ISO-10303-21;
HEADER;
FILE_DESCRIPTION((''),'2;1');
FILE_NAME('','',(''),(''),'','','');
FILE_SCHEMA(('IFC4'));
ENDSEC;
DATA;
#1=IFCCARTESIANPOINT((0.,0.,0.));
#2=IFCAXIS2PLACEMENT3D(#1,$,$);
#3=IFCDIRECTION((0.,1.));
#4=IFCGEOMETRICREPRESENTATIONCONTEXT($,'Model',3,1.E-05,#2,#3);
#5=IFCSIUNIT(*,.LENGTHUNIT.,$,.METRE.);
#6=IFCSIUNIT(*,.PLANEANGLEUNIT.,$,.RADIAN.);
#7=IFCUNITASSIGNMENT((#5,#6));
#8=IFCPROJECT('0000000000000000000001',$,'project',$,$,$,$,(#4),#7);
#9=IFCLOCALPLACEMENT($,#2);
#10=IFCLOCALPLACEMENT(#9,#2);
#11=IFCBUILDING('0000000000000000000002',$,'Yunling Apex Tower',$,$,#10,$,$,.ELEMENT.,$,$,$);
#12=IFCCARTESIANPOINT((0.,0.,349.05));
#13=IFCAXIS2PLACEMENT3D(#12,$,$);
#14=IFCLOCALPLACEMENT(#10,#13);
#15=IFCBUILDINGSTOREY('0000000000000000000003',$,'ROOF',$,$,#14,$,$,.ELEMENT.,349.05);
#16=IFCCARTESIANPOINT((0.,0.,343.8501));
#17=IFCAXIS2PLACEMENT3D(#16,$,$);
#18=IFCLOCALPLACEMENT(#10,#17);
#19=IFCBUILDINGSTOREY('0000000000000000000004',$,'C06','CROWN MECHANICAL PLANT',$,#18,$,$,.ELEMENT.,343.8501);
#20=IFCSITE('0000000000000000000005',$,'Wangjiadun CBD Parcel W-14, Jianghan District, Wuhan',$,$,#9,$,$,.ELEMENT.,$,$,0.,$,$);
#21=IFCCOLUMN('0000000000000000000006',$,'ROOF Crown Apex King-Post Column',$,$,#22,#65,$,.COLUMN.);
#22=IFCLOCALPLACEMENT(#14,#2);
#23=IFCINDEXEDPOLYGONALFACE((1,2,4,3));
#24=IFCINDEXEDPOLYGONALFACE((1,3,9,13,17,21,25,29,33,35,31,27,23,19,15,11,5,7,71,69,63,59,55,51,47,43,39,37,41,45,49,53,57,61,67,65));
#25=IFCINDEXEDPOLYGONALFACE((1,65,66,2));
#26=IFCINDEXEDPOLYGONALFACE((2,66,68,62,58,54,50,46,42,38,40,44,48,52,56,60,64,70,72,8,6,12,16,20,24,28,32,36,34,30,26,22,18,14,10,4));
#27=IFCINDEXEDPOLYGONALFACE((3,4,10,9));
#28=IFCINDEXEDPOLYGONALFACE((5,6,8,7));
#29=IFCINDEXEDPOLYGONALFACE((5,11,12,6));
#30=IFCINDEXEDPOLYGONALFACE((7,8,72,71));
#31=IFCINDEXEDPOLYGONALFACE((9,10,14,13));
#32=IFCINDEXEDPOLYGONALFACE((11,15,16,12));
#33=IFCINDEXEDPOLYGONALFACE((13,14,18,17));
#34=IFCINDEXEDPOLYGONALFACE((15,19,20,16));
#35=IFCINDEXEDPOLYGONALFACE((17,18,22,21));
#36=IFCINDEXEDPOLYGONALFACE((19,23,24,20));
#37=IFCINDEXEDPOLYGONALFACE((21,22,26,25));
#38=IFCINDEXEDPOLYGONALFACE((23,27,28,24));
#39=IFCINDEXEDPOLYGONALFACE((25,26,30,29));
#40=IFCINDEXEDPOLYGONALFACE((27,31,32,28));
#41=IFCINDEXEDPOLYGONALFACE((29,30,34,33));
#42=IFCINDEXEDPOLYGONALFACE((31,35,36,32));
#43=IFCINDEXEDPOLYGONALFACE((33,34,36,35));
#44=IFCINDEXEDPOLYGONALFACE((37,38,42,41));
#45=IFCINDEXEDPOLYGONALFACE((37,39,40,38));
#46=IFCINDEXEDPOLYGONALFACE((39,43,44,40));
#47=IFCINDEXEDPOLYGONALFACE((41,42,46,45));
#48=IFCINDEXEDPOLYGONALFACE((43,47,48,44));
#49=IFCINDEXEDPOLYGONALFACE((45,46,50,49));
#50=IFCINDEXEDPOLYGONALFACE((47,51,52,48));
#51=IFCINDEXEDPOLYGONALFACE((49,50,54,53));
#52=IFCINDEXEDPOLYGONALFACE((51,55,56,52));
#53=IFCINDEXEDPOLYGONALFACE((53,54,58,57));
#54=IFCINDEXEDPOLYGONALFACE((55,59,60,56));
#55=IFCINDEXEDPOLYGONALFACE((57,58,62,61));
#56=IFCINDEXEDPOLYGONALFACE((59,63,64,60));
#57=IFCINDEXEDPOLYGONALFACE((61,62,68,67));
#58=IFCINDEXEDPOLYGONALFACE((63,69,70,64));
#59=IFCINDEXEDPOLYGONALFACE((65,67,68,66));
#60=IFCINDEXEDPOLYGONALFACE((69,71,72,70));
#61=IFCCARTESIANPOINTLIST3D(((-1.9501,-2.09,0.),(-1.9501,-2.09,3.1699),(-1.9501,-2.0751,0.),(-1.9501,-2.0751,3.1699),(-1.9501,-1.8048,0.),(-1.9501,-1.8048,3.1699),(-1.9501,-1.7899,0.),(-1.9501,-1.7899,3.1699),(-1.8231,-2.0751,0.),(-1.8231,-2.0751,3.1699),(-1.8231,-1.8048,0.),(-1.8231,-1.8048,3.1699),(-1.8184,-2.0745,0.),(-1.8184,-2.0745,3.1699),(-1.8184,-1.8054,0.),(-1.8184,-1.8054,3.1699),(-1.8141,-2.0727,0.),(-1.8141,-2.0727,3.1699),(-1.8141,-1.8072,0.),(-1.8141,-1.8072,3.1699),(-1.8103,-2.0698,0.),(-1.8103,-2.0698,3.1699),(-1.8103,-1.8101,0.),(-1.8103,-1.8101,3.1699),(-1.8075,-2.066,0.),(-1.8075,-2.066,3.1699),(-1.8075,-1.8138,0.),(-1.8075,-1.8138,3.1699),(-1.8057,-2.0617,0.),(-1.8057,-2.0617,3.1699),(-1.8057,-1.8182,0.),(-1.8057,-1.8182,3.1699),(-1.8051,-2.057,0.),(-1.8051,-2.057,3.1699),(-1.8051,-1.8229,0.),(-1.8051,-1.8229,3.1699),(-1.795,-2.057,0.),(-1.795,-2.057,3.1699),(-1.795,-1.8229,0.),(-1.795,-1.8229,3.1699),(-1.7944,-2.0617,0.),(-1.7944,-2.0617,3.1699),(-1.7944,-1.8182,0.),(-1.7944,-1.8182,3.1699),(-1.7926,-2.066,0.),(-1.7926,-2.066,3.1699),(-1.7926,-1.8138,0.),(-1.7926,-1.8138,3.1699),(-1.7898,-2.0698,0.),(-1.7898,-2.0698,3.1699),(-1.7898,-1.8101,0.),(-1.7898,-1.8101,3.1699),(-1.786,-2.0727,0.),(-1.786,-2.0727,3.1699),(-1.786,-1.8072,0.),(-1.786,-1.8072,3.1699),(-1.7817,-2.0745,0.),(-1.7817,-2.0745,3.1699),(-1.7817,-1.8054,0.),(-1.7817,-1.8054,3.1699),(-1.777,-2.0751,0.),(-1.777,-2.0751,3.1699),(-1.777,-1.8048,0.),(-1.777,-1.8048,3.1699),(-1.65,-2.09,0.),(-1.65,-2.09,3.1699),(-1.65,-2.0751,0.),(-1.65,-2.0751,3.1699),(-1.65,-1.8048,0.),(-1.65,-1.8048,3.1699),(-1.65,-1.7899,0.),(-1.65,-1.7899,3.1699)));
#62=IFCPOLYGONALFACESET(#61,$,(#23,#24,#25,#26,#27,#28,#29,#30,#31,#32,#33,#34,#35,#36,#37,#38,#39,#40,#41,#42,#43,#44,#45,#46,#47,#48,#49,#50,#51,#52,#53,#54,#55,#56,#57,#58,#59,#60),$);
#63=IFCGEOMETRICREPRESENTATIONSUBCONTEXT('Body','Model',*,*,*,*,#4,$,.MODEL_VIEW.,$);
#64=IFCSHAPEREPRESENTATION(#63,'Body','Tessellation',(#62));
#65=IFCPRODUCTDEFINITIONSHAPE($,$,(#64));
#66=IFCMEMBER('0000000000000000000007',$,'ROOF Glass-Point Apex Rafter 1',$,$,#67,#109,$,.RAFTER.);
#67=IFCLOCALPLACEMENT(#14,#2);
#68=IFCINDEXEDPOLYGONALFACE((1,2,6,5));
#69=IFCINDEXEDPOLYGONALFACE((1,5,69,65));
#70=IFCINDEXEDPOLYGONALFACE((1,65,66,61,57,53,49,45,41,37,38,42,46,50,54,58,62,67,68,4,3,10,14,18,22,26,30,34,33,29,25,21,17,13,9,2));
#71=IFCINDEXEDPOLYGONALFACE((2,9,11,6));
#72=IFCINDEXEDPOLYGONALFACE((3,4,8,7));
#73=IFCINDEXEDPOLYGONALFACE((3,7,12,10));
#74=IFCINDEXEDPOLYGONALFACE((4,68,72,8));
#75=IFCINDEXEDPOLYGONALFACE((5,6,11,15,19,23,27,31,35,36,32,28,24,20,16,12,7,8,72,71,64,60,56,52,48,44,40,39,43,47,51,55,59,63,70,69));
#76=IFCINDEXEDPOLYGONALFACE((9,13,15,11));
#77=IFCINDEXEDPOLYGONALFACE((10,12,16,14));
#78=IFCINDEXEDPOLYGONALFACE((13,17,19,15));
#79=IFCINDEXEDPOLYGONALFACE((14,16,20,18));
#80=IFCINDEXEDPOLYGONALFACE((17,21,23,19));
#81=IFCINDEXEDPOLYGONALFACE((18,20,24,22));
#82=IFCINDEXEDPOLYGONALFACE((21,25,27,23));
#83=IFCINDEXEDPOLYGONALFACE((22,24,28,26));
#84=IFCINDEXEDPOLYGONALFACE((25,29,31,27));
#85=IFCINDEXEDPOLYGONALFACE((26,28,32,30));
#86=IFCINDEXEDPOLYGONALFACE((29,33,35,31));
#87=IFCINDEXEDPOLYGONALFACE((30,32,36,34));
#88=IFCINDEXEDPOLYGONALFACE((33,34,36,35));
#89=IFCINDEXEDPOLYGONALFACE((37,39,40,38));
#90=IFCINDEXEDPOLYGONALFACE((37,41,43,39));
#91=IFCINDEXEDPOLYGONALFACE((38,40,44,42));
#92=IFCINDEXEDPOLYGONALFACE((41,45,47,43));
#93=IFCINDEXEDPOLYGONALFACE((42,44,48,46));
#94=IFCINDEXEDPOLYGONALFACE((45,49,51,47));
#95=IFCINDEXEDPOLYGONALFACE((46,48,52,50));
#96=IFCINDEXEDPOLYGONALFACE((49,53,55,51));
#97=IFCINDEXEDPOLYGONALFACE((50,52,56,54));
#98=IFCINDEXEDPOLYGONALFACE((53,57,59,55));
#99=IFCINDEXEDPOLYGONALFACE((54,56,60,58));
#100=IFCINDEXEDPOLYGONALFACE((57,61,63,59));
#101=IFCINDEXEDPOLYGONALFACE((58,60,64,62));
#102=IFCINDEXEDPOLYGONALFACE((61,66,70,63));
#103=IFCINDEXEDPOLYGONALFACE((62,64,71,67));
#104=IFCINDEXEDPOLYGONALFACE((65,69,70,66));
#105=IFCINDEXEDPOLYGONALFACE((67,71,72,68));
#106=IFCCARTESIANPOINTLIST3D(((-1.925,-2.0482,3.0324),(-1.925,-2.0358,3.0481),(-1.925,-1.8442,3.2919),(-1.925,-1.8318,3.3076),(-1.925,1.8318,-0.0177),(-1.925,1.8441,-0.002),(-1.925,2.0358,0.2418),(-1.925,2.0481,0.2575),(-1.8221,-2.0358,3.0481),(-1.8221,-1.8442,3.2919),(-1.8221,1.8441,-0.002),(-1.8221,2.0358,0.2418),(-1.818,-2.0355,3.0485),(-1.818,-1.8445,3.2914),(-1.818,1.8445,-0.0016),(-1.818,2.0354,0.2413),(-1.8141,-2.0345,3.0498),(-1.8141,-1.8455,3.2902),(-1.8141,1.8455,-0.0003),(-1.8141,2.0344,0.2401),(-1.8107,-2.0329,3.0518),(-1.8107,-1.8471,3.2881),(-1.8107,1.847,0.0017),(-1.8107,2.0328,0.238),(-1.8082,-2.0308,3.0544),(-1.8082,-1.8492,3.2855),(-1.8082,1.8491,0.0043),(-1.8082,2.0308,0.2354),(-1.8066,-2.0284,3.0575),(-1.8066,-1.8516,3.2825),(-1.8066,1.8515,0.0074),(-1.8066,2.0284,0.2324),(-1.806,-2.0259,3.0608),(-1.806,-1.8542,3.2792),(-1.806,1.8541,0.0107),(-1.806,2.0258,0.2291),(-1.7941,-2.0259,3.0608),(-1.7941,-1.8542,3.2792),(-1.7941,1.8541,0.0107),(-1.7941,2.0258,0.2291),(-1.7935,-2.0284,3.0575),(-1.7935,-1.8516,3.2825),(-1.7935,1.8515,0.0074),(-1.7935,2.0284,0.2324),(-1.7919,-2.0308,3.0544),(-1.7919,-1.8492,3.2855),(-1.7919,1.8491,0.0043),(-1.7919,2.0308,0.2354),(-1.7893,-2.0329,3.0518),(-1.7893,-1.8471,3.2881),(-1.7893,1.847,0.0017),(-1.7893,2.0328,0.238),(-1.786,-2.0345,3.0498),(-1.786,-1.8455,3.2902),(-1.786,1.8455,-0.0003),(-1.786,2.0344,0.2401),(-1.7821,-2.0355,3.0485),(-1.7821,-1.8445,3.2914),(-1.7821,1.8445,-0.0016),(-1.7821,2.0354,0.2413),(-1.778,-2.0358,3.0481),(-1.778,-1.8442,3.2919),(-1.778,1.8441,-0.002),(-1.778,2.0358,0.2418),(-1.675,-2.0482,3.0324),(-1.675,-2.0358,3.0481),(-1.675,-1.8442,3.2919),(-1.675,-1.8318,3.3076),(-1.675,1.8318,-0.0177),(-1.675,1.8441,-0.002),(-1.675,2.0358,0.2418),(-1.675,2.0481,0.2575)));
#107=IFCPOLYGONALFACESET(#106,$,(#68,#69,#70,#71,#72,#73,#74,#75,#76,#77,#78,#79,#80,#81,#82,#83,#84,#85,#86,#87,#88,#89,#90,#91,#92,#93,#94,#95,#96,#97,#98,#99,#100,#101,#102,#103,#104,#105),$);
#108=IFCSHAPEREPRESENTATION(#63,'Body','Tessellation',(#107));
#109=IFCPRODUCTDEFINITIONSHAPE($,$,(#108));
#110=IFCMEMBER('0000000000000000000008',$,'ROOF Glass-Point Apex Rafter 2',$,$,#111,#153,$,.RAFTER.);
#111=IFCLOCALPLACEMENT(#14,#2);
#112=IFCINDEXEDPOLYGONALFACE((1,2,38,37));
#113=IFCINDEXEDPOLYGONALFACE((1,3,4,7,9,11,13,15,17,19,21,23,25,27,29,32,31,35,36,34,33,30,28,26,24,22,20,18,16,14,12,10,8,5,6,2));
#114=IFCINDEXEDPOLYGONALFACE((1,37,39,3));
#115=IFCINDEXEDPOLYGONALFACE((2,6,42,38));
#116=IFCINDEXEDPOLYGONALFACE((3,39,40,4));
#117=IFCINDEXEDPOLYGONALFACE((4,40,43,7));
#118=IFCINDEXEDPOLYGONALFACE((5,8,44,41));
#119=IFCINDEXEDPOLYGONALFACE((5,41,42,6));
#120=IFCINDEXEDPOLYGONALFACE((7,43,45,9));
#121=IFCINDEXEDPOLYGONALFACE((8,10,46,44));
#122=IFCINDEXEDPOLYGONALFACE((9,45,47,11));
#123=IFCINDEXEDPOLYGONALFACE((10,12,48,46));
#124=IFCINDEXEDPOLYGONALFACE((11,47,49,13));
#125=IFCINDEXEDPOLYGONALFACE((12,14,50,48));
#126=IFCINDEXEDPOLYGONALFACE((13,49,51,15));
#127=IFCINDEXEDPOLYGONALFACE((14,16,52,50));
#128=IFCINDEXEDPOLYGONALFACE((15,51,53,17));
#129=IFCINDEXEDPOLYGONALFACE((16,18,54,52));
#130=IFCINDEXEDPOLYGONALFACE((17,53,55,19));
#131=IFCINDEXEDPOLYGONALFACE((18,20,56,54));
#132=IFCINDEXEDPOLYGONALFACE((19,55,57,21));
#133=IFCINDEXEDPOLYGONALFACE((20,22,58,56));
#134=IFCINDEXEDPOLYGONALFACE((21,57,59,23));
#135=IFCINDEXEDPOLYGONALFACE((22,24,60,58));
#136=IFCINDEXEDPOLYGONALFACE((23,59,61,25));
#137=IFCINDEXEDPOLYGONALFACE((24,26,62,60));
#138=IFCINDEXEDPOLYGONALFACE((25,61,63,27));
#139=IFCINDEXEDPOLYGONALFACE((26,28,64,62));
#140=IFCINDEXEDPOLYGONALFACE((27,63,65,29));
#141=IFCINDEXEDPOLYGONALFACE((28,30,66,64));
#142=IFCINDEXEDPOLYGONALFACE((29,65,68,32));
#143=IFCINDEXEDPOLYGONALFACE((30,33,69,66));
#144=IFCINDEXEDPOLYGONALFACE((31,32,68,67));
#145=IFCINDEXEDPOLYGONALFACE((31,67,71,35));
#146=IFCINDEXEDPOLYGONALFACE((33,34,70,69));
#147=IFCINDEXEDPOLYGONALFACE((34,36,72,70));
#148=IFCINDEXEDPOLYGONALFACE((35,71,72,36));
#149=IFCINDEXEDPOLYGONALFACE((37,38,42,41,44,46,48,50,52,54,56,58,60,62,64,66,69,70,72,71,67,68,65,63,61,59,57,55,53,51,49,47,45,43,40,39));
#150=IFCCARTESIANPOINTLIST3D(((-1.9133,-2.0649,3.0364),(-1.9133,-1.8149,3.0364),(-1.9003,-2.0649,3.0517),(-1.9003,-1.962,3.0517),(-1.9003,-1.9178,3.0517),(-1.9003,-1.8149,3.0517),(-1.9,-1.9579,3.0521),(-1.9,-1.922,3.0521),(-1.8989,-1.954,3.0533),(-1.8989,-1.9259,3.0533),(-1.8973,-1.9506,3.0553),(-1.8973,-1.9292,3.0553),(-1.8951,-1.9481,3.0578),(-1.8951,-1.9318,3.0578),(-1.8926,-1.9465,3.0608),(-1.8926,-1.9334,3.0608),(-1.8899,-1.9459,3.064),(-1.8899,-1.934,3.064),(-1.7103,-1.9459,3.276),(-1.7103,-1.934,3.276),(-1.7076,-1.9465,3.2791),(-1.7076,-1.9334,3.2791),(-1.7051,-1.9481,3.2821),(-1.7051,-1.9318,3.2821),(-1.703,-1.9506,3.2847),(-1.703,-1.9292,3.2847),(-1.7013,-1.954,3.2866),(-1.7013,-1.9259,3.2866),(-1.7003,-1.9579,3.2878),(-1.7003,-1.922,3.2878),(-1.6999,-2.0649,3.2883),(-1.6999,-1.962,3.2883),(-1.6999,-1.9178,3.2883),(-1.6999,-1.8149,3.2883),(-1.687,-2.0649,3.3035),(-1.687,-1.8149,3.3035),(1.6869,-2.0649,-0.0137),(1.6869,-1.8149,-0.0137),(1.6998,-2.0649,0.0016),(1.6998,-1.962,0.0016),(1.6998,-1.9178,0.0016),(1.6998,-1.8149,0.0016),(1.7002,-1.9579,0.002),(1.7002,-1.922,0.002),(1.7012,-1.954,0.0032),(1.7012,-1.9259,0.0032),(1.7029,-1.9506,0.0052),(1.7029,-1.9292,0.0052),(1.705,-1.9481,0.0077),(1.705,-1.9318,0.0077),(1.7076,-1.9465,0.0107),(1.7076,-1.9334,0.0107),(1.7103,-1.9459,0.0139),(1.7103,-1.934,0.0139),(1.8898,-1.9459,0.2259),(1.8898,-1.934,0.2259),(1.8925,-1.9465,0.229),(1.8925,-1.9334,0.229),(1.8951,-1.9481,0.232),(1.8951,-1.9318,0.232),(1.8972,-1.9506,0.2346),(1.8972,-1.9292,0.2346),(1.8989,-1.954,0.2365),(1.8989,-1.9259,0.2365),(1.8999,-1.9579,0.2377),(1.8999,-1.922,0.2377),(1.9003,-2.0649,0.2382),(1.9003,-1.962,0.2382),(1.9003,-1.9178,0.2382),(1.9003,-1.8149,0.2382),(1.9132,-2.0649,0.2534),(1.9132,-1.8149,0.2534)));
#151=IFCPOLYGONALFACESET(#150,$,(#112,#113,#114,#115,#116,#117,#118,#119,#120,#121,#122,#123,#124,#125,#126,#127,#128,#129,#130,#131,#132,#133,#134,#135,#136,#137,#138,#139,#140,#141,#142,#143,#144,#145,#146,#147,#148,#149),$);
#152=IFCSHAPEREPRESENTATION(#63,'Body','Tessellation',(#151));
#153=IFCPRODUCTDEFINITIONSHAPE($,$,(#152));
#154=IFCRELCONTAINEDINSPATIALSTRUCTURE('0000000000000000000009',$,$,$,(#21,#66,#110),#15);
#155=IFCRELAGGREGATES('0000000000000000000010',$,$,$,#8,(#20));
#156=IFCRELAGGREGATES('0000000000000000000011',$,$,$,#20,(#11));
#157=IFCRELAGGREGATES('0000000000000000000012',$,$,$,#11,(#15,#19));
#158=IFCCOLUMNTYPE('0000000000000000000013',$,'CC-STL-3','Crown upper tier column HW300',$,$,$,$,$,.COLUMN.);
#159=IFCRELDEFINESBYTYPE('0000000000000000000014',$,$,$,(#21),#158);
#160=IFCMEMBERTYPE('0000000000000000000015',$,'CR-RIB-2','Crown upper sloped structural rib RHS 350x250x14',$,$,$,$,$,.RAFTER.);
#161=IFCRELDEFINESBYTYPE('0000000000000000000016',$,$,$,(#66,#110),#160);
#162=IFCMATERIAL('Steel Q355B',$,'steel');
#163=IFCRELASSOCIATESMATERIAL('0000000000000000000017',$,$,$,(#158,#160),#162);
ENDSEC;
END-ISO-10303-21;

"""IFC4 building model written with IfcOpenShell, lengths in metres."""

from ifc_helpers import new_model, si_unit, direction, frame, origin, origin_2d, place, context, subcontext, project, spatial, i_section, extrude, source, transform, mapped, material, material_profile, profile_set, type_object, element, save


model = new_model("IFC4")

# Units and contexts
model_context = context("Model", 3, precision=1e-05, world=origin(), true_north=direction((0.0, 1.0)))
body_context = subcontext(model_context, "Body", "Model", "MODEL_VIEW")
ifc_project = project(units=[si_unit("LENGTHUNIT", "METRE"), si_unit("PLANEANGLEUNIT", "RADIAN")], contexts=[model_context])

# Site, building, storey
site_placement = place(None, origin())
site = spatial("IfcSite", under=ifc_project, at=site_placement, Name="Wangjiadun CBD Parcel W-14, Jianghan District, Wuhan", CompositionType="ELEMENT", RefElevation=0.0)
building_placement = place(site_placement, origin())
building = spatial("IfcBuilding", under=site, at=building_placement, Name="Yunling Apex Tower", CompositionType="ELEMENT")
storey_1_placement = place(building_placement, frame((0.0, 0.0, 349.05)))
storey_1 = spatial("IfcBuildingStorey", under=building, at=storey_1_placement, Name="ROOF", CompositionType="ELEMENT", Elevation=349.05)

# Column
ifc_material_1 = material(Name="Steel Q355B", Category="steel")
ifc_material_profile_1 = material_profile(ifc_material_1, i_section(OverallWidth=0.3, OverallDepth=0.3, WebThickness=0.01, FlangeThickness=0.0149, FilletRadius=0.0181, at=origin_2d()))
ifc_profile_set_1 = profile_set([ifc_material_profile_1], Name="Steel Q355B")
column_type = type_object("IfcColumnType", Name="CC-STL-3", Description="Crown upper tier column HW300", PredefinedType="COLUMN", material=ifc_profile_set_1)
shared_shape_1 = source(origin(), body_context, "Body", "SweptSolid", [
    extrude(i_section(OverallWidth=0.3, OverallDepth=0.3, WebThickness=0.01, FlangeThickness=0.0149, FilletRadius=0.0181, at=origin_2d()), origin(), (0.0, 0.0, 1.0), 3.1699),
])
column_placement = place(storey_1_placement, frame((-1.8, -1.9399, 0.0), z_axis=(0.0, 0.0, 1.0), x_axis=(1.0, 0.0, 0.0)))
element("IfcColumn", 1, at=column_placement, inside=storey_1, type_object=column_type, Name="ROOF Crown Apex King-Post Column", PredefinedType="COLUMN", context=body_context, shape_type="MappedRepresentation", body=[
    mapped(shared_shape_1, transform((0.0, 0.0, 0.0), scale=1.0)),
])

# Members
ifc_material_profile_2 = material_profile(ifc_material_1, i_section(OverallWidth=0.25, OverallDepth=0.3501, WebThickness=0.012, FlangeThickness=0.02, FilletRadius=0.0161, at=origin_2d()))
ifc_profile_set_2 = profile_set([ifc_material_profile_2], Name="Steel Q355B")
member_type = type_object("IfcMemberType", Name="CR-RIB-2", Description="Crown upper sloped structural rib RHS 350x250x14", PredefinedType="RAFTER", material=ifc_profile_set_2)
shared_shape_2 = source(origin(), body_context, "Body", "SweptSolid", [
    extrude(i_section(OverallWidth=0.25, OverallDepth=0.3501, WebThickness=0.012, FlangeThickness=0.02, FilletRadius=0.0161, at=origin_2d()), origin(), (0.0, 0.0, 1.0), 4.9353),
])
member_1_placement = place(storey_1_placement, frame((-1.8, 1.9399, 0.1199), z_axis=(0.0, -0.786164, 0.618018), x_axis=(1.0, 0.0, 0.0)))
element("IfcMember", 2, at=member_1_placement, inside=storey_1, type_object=member_type, Name="ROOF Glass-Point Apex Rafter 1", PredefinedType="RAFTER", context=body_context, shape_type="MappedRepresentation", body=[
    mapped(shared_shape_2, transform((0.0, 0.0, 0.0), scale=1.0)),
])
shared_shape_3 = source(origin(), body_context, "Body", "SweptSolid", [
    extrude(i_section(OverallWidth=0.25, OverallDepth=0.3501, WebThickness=0.012, FlangeThickness=0.02, FilletRadius=0.0161, at=origin_2d()), origin(), (0.0, 0.0, 1.0), 4.7185),
])
member_2_placement = place(storey_1_placement, frame((1.8, -1.9399, 0.1199), z_axis=(-0.762988, 0.0, 0.646413), x_axis=(0.0, -1.0, 0.0)))
element("IfcMember", 3, at=member_2_placement, inside=storey_1, type_object=member_type, Name="ROOF Glass-Point Apex Rafter 2", PredefinedType="RAFTER", context=body_context, shape_type="MappedRepresentation", body=[
    mapped(shared_shape_3, transform((0.0, 0.0, 0.0), scale=1.0)),
])

# Shared definitions
storey_2_placement = place(building_placement, frame((0.0, 0.0, 343.8501)))
storey_2 = spatial("IfcBuildingStorey", under=building, at=storey_2_placement, Name="C06", Description="CROWN MECHANICAL PLANT", CompositionType="ELEMENT", Elevation=343.8501)

save(model, "model.ifc")
